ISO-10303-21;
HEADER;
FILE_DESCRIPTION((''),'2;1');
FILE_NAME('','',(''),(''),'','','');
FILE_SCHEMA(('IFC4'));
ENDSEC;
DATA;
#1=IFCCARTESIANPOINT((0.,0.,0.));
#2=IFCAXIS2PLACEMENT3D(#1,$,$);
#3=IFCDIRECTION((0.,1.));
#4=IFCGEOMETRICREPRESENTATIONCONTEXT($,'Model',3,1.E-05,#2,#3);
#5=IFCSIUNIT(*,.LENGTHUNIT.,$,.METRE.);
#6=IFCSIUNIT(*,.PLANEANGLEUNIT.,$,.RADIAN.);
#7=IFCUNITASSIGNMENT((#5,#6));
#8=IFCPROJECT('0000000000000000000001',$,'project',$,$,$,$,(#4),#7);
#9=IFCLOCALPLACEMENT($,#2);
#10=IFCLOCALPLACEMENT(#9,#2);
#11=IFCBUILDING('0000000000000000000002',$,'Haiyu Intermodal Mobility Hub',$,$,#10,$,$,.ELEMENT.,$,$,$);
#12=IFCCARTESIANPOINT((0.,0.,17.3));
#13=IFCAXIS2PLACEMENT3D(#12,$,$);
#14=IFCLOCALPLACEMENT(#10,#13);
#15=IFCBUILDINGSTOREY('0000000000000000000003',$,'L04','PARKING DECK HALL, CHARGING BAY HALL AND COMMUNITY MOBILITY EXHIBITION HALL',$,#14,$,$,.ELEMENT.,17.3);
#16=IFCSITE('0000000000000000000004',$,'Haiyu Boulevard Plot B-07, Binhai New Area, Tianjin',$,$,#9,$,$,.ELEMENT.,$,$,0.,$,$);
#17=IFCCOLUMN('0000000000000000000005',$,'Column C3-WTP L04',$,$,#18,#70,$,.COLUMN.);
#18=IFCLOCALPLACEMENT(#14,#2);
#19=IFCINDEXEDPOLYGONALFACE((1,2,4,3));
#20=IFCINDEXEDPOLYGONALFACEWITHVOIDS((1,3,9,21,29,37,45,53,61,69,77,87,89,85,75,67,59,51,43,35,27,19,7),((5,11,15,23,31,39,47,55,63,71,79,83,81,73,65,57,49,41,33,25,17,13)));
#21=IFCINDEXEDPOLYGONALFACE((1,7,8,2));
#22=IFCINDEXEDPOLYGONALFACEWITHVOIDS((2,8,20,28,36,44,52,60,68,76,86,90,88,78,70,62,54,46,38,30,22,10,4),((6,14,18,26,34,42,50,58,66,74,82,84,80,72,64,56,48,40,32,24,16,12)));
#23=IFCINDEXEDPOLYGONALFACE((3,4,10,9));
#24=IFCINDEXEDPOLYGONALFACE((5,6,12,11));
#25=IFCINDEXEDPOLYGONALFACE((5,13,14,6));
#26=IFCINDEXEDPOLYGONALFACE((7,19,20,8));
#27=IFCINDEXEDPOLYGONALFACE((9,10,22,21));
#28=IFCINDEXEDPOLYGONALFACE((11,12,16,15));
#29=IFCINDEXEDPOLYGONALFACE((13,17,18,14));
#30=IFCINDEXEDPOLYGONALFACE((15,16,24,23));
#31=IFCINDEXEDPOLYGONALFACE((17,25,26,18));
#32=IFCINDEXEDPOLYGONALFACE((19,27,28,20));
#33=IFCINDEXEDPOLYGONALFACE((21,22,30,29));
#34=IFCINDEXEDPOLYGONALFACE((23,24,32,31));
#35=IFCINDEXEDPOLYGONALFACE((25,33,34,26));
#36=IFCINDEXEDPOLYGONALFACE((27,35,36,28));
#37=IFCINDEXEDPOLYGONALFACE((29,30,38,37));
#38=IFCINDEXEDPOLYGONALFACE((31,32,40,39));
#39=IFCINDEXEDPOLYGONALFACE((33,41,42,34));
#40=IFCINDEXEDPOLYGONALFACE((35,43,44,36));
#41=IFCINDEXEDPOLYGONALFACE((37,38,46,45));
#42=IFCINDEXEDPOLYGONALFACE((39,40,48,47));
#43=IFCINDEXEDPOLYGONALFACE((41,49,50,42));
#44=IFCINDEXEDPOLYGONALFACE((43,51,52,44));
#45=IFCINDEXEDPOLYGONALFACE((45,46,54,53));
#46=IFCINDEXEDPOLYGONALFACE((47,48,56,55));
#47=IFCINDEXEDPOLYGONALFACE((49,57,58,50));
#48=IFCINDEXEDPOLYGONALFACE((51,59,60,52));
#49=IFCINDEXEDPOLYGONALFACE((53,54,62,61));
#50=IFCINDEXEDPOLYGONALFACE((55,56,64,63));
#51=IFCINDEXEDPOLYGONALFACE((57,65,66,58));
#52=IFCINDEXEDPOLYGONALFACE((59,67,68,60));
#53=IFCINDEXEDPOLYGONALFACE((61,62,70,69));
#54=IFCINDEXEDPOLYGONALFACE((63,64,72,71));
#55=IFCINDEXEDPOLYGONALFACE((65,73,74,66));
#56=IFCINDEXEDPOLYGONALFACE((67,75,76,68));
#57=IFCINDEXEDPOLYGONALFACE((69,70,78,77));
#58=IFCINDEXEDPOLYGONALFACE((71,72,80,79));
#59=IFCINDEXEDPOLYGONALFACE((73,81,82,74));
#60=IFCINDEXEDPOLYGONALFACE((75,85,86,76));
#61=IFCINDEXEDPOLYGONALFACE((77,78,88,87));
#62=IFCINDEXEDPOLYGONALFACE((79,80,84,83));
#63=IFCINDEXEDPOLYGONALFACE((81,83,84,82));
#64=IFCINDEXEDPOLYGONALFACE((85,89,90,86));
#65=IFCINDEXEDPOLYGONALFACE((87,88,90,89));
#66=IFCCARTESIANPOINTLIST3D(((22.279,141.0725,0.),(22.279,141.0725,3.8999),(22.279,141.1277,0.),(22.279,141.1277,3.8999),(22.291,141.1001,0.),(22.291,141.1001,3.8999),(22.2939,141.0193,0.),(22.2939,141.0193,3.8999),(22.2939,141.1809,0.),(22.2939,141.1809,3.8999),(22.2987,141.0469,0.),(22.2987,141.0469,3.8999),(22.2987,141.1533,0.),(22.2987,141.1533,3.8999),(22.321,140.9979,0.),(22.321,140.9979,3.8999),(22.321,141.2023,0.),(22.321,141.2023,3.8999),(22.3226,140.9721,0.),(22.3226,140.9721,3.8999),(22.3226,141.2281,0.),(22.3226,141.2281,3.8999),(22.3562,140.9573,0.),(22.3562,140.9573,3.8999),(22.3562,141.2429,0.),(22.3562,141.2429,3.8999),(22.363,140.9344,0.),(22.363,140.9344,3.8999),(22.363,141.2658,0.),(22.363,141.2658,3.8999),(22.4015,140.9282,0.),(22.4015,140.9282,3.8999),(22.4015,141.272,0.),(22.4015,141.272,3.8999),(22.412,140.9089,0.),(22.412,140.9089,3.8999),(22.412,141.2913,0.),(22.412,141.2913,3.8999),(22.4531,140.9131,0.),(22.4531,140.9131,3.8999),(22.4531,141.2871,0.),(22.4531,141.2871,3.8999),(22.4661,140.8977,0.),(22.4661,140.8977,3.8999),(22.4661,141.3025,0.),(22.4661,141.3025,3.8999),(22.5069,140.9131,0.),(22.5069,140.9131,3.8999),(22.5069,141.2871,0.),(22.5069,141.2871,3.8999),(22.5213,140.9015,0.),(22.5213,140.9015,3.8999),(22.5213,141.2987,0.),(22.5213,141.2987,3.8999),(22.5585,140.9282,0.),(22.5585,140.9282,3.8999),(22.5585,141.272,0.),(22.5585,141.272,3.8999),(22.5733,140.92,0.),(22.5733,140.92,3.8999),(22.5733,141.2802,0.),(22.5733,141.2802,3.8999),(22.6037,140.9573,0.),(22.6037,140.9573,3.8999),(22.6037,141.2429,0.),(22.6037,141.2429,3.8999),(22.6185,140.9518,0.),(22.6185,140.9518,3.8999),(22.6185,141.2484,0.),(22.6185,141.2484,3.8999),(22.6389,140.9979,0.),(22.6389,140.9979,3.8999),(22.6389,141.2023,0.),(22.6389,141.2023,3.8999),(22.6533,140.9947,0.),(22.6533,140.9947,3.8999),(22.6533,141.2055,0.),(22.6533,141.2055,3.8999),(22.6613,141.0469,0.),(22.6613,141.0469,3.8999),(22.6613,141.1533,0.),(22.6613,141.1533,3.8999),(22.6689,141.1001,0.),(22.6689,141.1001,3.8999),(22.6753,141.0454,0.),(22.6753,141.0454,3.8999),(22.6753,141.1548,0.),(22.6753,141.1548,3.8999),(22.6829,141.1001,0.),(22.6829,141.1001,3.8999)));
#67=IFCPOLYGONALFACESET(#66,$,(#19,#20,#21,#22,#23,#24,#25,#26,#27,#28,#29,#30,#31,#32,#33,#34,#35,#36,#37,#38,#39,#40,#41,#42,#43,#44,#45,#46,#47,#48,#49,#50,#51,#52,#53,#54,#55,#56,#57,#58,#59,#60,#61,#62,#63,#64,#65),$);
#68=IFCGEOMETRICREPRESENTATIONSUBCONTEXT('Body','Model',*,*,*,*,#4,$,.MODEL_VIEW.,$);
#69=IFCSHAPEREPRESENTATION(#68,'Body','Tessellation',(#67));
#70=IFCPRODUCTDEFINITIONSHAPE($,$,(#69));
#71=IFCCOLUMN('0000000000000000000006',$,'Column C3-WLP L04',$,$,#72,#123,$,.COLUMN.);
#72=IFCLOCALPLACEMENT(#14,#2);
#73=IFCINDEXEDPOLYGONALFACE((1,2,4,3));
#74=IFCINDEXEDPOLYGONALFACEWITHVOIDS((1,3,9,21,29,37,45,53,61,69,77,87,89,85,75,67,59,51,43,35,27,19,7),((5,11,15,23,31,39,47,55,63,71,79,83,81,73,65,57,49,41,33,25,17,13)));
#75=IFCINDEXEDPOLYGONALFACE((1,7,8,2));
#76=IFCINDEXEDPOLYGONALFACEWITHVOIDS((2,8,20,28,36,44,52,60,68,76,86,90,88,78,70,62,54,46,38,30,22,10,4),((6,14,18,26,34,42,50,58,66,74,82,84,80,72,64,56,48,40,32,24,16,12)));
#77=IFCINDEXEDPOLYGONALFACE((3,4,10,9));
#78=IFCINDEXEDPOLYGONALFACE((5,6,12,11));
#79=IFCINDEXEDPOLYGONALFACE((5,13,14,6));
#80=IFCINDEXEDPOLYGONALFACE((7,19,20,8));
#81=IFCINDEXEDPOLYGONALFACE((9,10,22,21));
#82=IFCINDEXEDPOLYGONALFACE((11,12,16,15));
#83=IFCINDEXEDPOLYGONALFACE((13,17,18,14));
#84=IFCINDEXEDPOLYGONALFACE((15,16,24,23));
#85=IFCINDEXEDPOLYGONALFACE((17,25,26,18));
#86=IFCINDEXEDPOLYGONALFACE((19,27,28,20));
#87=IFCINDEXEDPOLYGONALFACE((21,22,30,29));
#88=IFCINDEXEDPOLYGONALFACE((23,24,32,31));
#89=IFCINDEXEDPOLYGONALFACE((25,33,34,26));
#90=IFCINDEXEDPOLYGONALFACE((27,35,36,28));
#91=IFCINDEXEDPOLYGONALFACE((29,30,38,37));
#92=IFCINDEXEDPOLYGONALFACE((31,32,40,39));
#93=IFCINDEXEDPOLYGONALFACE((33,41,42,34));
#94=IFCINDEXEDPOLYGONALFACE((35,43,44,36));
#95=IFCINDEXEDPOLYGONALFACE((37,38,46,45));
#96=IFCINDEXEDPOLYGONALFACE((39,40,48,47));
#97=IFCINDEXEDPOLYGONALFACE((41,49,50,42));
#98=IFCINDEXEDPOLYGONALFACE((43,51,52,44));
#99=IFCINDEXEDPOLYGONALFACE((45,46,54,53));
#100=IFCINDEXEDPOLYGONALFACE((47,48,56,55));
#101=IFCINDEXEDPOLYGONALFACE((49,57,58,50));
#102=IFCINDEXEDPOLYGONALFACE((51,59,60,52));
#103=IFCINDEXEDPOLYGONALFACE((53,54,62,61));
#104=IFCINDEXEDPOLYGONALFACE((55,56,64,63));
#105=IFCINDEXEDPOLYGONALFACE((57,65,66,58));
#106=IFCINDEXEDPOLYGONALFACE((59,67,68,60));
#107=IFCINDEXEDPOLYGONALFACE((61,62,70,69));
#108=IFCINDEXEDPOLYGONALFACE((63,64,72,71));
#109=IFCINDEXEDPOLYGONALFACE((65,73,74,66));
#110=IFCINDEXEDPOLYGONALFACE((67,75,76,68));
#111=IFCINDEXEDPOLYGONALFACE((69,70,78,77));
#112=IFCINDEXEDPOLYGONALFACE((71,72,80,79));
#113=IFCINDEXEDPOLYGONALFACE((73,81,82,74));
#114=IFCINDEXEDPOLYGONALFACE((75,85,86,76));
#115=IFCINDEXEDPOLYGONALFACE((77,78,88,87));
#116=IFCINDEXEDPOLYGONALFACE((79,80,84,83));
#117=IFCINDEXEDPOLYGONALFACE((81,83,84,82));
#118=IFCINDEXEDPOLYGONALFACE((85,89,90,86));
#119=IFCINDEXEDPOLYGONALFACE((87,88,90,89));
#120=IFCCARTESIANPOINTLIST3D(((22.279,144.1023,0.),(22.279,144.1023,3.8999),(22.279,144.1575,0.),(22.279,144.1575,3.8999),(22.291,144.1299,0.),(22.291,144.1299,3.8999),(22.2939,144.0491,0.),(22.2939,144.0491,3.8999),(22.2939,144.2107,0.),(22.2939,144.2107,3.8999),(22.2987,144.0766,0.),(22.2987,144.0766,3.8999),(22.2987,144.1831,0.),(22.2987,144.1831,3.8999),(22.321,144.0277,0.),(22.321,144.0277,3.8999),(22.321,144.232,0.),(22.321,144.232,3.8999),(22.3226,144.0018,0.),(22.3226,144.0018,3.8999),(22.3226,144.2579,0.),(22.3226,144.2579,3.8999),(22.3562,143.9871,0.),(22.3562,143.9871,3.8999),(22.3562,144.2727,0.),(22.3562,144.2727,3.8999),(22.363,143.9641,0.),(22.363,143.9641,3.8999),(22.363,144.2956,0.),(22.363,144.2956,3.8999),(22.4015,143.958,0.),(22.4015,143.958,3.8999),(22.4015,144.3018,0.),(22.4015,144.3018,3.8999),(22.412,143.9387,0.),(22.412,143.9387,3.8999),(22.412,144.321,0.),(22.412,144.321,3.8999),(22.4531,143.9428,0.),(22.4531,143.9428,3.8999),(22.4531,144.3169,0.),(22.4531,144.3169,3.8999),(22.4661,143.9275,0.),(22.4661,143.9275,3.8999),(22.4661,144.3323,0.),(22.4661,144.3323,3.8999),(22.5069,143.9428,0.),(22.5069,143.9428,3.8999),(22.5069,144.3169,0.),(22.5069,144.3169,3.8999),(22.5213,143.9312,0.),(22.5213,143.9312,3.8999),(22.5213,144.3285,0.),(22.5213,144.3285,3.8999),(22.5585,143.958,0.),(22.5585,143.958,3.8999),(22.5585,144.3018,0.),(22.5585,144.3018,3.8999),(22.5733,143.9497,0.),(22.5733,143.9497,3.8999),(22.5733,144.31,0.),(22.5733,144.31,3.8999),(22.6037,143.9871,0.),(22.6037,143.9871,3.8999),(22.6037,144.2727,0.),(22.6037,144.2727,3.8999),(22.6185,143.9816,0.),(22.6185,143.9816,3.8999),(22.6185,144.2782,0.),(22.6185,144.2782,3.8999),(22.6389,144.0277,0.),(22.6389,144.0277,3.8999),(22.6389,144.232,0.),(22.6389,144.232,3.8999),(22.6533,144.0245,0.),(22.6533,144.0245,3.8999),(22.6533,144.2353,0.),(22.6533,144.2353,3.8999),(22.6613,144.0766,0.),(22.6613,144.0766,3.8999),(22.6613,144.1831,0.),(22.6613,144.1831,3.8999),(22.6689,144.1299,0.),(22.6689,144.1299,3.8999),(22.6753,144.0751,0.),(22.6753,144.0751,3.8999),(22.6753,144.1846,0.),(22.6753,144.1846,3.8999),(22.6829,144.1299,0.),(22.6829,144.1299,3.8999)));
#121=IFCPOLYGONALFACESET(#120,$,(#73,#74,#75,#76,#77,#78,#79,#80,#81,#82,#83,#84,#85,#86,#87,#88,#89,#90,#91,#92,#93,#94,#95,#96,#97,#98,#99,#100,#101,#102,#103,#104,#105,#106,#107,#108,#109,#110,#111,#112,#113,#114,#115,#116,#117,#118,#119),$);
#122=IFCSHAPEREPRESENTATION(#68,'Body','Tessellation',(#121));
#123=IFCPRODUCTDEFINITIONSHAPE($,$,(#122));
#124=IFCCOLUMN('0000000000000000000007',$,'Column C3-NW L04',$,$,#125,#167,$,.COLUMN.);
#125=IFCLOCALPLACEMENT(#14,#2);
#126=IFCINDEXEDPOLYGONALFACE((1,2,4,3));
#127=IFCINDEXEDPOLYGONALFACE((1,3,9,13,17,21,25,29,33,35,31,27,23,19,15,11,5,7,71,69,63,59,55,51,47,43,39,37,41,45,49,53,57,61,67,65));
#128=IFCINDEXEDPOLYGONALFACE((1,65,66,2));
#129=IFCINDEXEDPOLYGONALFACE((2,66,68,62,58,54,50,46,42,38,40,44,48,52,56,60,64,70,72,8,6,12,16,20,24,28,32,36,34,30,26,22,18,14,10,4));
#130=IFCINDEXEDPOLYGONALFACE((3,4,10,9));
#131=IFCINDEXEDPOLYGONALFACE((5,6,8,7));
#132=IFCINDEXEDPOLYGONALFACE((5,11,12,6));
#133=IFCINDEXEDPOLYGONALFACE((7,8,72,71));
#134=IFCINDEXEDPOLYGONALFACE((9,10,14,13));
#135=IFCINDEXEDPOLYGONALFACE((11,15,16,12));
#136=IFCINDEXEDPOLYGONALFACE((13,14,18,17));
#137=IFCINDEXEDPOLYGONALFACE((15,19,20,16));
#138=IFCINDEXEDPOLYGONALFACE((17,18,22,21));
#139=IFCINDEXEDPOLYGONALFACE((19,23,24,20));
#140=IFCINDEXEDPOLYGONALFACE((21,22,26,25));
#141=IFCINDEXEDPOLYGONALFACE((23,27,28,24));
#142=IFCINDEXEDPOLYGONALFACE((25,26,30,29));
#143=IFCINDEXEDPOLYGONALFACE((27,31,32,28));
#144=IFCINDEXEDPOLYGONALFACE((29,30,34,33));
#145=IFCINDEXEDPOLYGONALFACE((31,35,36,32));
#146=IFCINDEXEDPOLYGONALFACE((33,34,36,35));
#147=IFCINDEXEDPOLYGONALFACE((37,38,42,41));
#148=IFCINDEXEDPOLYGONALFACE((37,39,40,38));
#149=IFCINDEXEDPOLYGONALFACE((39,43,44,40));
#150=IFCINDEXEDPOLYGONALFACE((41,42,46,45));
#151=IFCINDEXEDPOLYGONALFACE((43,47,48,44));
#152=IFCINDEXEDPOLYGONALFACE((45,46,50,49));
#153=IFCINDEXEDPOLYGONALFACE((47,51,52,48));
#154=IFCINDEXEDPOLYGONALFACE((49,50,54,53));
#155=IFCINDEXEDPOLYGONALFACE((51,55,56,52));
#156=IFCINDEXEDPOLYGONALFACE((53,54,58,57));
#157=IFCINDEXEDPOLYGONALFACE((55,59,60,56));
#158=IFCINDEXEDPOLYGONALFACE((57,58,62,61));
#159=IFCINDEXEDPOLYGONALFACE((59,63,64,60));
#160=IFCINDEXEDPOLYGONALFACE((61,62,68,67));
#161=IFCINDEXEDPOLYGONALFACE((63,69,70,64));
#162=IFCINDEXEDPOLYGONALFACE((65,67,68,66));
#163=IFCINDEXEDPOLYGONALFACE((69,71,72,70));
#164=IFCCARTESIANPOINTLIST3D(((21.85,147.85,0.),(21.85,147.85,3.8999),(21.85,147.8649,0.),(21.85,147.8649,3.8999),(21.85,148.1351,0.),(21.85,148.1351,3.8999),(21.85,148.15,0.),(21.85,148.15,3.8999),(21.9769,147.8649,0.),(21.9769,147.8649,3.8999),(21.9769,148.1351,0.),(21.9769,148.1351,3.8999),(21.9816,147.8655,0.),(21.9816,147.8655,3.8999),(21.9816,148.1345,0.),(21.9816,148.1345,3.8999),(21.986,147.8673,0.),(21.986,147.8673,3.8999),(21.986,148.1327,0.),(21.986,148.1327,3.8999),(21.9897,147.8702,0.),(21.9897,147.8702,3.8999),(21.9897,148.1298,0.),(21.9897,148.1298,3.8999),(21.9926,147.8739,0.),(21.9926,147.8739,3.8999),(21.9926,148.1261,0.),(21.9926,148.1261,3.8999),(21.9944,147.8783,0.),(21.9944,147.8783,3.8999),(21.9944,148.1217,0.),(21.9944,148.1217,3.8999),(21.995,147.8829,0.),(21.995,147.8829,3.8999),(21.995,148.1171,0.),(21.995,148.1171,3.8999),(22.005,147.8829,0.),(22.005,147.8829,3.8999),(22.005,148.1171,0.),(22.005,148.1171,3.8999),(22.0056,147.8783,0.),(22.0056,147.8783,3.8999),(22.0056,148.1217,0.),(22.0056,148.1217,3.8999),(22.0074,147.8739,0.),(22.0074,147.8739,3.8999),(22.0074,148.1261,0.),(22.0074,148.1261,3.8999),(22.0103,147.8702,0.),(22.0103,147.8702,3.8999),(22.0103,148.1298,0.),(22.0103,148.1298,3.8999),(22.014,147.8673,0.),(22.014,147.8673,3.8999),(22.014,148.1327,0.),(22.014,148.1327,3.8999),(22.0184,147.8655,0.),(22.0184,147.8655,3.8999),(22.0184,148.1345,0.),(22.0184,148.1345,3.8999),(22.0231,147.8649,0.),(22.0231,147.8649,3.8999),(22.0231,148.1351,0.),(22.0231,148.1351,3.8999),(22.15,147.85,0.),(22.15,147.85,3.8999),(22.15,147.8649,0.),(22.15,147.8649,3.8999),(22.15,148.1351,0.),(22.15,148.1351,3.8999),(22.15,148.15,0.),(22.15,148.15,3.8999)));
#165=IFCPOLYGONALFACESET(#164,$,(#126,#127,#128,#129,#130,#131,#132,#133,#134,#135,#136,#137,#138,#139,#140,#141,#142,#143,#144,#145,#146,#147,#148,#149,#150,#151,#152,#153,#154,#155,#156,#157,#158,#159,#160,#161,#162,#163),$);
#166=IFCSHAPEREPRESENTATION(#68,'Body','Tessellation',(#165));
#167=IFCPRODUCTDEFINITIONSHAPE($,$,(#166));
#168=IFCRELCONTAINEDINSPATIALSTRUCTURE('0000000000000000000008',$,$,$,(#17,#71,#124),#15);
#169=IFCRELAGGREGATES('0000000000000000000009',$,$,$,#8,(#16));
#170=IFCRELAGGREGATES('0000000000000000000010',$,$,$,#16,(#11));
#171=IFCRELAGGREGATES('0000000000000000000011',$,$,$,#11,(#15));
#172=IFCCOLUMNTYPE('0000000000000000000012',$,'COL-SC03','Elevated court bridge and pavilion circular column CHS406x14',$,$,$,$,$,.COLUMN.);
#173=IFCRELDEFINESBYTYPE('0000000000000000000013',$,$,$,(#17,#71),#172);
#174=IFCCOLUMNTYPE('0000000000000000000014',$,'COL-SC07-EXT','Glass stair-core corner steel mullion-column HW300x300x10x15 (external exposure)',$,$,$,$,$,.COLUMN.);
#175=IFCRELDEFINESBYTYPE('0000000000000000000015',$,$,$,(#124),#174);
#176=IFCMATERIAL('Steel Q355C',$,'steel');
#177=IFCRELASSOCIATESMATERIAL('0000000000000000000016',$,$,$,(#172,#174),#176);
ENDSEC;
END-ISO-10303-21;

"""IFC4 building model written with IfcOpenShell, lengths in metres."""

from ifc_helpers import new_model, si_unit, direction, frame, origin, origin_2d, place, context, subcontext, project, spatial, hollow_circle, i_section, extrude, material, material_profile, profile_set, type_object, element, save


model = new_model("IFC4")

# Units and contexts
model_context = context("Model", 3, precision=1e-05, world=origin(), true_north=direction((0.0, 1.0)))
body_context = subcontext(model_context, "Body", "Model", "MODEL_VIEW")
ifc_project = project(units=[si_unit("LENGTHUNIT", "METRE"), si_unit("PLANEANGLEUNIT", "RADIAN")], contexts=[model_context])

# Site, building, storey
site_placement = place(None, origin())
site = spatial("IfcSite", under=ifc_project, at=site_placement, Name="Haiyu Boulevard Plot B-07, Binhai New Area, Tianjin", CompositionType="ELEMENT", RefElevation=0.0)
building_placement = place(site_placement, origin())
building = spatial("IfcBuilding", under=site, at=building_placement, Name="Haiyu Intermodal Mobility Hub", CompositionType="ELEMENT")
storey_placement = place(building_placement, frame((0.0, 0.0, 17.3)))
storey = spatial("IfcBuildingStorey", under=building, at=storey_placement, Name="L04", Description="PARKING DECK HALL, CHARGING BAY HALL AND COMMUNITY MOBILITY EXHIBITION HALL", CompositionType="ELEMENT", Elevation=17.3)

# Columns
ifc_material_1 = material(Name="Steel Q355C", Category="steel")
ifc_material_profile_1 = material_profile(ifc_material_1, hollow_circle(Radius=0.2029, WallThickness=0.0139, at=origin_2d()), Name="CHS406x14")
ifc_profile_set_1 = profile_set([ifc_material_profile_1], Name="Steel Q355C")
column_type_1 = type_object("IfcColumnType", Name="COL-SC03", Description="Elevated court bridge and pavilion circular column CHS406x14", PredefinedType="COLUMN", material=ifc_profile_set_1)
for number, where, z_axis, x_axis, name in (
    (1, (22.48, 141.1001, 0.0), (0.0, 0.0, 1.0), (1.0, 0.0, 0.0), "Column C3-WTP L04"),
    (2, (22.48, 144.1299, 0.0), (0.0, 0.0, 1.0), (1.0, 0.0, 0.0), "Column C3-WLP L04"),
):
    element("IfcColumn", number, at=place(storey_placement, frame(where, z_axis=z_axis, x_axis=x_axis)), inside=storey, type_object=column_type_1, Name=name, PredefinedType="COLUMN", context=body_context, shape_type="SweptSolid", body=[
        extrude(hollow_circle(Radius=0.2029, WallThickness=0.0139, at=origin_2d()), origin(), (0.0, 0.0, 1.0), 3.8999),
    ])
ifc_material_profile_2 = material_profile(ifc_material_1, i_section(OverallWidth=0.3, OverallDepth=0.3, WebThickness=0.01, FlangeThickness=0.0149, FilletRadius=0.0181, at=origin_2d()), Name="HW300x300x10x15")
ifc_profile_set_2 = profile_set([ifc_material_profile_2], Name="Steel Q355C")
column_type_2 = type_object("IfcColumnType", Name="COL-SC07-EXT", Description="Glass stair-core corner steel mullion-column HW300x300x10x15 (external exposure)", PredefinedType="COLUMN", material=ifc_profile_set_2)
column_placement = place(storey_placement, frame((22.0, 148.0, 0.0), z_axis=(0.0, 0.0, 1.0), x_axis=(1.0, 0.0, 0.0)))
element("IfcColumn", 3, at=column_placement, inside=storey, type_object=column_type_2, Name="Column C3-NW L04", PredefinedType="COLUMN", context=body_context, shape_type="SweptSolid", body=[
    extrude(i_section(OverallWidth=0.3, OverallDepth=0.3, WebThickness=0.01, FlangeThickness=0.0149, FilletRadius=0.0181, at=origin_2d()), origin(), (0.0, 0.0, 1.0), 3.8999),
])

save(model, "model.ifc")
